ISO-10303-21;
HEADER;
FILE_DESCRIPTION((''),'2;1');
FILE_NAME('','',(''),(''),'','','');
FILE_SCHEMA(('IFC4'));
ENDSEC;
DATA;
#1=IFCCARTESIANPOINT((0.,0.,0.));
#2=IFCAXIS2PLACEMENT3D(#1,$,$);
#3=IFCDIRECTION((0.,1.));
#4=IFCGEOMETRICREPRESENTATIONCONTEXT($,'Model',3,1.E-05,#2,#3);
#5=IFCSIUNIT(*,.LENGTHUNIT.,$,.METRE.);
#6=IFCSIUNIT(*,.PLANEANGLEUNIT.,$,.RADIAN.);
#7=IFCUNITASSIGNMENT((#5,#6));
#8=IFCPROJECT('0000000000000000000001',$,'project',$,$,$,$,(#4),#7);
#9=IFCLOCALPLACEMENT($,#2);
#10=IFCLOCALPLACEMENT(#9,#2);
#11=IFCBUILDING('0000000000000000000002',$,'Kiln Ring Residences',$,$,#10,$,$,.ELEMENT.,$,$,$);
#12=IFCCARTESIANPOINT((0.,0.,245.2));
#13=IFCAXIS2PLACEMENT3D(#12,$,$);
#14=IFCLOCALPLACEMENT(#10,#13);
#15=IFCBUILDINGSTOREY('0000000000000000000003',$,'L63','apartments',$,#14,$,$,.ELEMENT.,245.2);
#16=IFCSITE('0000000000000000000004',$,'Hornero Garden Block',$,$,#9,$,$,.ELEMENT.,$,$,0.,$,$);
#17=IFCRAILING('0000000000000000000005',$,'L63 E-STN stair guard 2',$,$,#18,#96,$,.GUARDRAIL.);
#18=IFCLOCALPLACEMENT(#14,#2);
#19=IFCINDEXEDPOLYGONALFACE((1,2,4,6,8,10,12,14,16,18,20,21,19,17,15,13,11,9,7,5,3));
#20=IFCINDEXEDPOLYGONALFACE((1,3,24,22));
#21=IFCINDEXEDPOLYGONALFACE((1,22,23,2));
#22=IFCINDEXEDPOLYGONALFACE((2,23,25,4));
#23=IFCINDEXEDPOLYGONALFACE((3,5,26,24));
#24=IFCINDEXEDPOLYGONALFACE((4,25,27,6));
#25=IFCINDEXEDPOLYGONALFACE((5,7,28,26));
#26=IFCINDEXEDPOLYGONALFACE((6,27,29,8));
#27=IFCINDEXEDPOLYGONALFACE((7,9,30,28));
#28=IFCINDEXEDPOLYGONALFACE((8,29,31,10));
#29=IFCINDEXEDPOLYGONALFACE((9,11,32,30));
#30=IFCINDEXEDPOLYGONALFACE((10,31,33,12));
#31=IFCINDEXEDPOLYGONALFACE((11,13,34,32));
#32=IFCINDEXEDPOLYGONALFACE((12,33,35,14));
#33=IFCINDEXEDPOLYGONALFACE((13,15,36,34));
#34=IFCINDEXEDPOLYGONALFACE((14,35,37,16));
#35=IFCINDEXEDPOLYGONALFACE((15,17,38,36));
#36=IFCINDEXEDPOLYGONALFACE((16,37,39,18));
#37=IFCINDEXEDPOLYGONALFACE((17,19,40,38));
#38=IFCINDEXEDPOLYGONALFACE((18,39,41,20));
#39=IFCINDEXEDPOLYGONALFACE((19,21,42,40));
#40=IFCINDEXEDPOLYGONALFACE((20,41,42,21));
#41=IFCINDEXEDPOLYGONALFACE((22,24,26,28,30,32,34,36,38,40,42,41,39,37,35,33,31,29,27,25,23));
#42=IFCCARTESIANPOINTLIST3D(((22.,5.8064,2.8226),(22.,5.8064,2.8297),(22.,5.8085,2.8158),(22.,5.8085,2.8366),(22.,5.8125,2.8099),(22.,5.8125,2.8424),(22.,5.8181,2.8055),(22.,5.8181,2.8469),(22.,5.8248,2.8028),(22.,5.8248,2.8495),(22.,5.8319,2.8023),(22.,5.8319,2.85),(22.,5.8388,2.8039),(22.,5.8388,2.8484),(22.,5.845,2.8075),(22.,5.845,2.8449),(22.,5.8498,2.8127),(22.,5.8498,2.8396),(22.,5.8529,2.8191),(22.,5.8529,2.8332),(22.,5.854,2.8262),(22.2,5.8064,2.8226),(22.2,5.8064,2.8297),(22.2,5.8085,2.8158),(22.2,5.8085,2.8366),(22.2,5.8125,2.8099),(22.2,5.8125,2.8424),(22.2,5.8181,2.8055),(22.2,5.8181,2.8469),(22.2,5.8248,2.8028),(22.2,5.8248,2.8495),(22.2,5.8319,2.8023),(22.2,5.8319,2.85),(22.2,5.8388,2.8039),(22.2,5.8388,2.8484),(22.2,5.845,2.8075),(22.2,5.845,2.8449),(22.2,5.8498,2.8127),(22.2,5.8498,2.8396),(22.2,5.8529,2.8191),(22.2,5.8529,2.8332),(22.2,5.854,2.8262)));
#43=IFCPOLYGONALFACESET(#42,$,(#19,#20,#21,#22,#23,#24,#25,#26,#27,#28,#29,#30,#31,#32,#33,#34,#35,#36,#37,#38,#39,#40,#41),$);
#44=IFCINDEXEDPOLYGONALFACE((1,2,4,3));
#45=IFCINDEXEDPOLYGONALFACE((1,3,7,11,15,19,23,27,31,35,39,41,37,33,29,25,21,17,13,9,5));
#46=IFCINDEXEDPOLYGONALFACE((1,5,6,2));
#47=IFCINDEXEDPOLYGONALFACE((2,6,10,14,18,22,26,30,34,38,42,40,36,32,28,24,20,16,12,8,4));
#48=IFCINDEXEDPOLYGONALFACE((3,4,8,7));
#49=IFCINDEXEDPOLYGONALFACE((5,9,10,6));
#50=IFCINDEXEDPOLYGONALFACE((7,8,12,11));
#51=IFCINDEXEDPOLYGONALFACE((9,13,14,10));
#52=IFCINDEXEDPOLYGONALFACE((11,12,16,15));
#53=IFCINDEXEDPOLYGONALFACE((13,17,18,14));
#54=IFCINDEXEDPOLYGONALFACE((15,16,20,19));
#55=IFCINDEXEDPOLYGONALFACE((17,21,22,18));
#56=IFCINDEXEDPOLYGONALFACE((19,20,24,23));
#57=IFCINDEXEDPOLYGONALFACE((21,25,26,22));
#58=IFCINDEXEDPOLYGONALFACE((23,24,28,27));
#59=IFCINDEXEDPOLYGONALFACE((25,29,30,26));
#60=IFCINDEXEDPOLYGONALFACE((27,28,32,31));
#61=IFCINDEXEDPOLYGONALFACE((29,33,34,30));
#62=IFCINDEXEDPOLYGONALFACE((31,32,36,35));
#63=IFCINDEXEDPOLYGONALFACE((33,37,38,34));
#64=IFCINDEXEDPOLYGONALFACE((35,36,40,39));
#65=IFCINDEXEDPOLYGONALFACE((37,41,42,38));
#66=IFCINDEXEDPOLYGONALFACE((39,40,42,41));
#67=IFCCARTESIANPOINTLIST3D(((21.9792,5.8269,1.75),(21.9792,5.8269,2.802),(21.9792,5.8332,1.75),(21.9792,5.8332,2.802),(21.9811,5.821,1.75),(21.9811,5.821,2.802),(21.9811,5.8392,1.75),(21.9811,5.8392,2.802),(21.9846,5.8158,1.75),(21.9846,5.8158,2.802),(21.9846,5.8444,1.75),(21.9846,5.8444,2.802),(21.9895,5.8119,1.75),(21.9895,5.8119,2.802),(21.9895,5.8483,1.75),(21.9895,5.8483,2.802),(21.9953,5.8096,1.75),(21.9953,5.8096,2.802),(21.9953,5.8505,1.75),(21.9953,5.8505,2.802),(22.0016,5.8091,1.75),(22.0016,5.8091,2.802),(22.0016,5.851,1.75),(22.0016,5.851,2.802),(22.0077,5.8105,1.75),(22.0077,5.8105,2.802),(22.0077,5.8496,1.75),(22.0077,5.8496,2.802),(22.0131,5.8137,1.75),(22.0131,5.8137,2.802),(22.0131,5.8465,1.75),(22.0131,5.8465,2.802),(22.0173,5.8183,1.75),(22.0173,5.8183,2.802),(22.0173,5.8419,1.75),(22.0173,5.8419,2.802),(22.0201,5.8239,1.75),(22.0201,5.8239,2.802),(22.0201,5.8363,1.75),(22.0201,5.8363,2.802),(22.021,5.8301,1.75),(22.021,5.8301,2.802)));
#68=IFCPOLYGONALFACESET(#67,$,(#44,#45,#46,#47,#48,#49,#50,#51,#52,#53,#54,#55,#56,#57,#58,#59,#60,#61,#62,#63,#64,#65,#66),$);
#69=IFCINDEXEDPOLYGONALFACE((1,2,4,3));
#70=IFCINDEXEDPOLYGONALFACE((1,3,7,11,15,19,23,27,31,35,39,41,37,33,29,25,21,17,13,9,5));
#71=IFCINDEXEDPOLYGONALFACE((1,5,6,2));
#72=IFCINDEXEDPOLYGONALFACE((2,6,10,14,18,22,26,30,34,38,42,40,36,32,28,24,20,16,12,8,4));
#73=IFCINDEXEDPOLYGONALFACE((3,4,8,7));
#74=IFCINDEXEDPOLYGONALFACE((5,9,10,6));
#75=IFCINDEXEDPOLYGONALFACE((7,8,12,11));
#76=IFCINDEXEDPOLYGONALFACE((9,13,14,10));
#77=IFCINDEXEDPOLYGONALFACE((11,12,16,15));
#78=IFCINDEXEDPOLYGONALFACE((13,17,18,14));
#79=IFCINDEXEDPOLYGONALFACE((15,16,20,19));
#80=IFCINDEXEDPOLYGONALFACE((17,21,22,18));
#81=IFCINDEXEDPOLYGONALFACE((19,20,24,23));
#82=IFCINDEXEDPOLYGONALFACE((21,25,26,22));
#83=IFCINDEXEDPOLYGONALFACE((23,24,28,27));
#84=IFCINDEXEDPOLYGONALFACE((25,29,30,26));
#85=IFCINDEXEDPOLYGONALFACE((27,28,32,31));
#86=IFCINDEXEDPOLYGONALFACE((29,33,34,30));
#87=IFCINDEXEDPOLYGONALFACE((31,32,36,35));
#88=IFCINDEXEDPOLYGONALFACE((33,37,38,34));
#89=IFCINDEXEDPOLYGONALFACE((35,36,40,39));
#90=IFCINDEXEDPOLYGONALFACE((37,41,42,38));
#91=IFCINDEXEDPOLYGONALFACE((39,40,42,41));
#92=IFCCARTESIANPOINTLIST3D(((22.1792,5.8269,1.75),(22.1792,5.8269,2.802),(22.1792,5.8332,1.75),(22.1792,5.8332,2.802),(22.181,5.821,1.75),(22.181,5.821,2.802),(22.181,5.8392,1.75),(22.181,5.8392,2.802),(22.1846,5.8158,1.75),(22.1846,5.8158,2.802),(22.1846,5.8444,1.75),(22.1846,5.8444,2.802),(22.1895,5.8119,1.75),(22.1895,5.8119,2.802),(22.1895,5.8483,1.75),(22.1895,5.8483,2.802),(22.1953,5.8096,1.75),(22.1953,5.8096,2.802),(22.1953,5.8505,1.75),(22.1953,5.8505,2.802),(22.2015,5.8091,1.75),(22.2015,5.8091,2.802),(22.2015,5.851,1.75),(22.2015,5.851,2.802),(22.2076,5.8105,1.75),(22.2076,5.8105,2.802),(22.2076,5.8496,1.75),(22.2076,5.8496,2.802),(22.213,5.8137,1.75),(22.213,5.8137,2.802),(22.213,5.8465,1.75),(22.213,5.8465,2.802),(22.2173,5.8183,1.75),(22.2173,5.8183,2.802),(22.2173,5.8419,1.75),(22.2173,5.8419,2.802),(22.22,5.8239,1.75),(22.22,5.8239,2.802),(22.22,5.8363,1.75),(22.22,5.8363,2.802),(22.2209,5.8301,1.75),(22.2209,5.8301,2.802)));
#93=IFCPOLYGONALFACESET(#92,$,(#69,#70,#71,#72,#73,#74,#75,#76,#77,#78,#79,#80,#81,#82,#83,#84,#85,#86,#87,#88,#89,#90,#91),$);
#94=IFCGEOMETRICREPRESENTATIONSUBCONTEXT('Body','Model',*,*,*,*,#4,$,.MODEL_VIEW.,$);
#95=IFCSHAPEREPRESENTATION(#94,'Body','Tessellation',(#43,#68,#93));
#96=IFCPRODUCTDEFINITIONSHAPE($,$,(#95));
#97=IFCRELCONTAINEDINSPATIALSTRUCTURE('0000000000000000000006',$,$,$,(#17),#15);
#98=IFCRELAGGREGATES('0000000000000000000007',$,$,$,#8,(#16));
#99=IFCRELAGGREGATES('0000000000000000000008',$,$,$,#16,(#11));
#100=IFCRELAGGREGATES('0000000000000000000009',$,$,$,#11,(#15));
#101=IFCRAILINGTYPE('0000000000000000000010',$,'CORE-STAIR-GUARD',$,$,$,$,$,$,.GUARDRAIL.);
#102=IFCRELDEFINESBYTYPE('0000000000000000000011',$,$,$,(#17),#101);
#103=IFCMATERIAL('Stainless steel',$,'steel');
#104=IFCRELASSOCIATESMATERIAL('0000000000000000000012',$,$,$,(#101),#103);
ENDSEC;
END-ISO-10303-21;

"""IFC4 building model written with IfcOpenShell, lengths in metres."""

from ifc_helpers import new_model, si_unit, direction, frame, origin, origin_2d, place, context, subcontext, project, spatial, circle, extrude, material, type_object, element, save


model = new_model("IFC4")

# Units and contexts
model_context = context("Model", 3, precision=1e-05, world=origin(), true_north=direction((0.0, 1.0)))
body_context = subcontext(model_context, "Body", "Model", "MODEL_VIEW")
ifc_project = project(units=[si_unit("LENGTHUNIT", "METRE"), si_unit("PLANEANGLEUNIT", "RADIAN")], contexts=[model_context])

# Site, building, storey
site_placement = place(None, origin())
site = spatial("IfcSite", under=ifc_project, at=site_placement, Name="Hornero Garden Block", CompositionType="ELEMENT", RefElevation=0.0)
building_placement = place(site_placement, origin())
building = spatial("IfcBuilding", under=site, at=building_placement, Name="Kiln Ring Residences", CompositionType="ELEMENT")
storey_placement = place(building_placement, frame((0.0, 0.0, 245.2)))
storey = spatial("IfcBuildingStorey", under=building, at=storey_placement, Name="L63", Description="apartments", CompositionType="ELEMENT", Elevation=245.2)

# Railing
ifc_material_1 = material(Name="Stainless steel", Category="steel")
railing_type_1 = type_object("IfcRailingType", Name="CORE-STAIR-GUARD", PredefinedType="GUARDRAIL", material=ifc_material_1)
railing_1_placement = place(storey_placement, frame((22.0, 5.8301, 1.75)))
element("IfcRailing", 1, at=railing_1_placement, inside=storey, type_object=railing_type_1, Name="L63 E-STN stair guard 2", PredefinedType="GUARDRAIL", context=body_context, shape_type="SweptSolid", body=[
    extrude(circle(Radius=0.0239, at=origin_2d()), frame((0.0, 0.0, 1.0762), z_axis=(1.0, 0.0, 0.0), x_axis=(0.0, 1.0, 0.0)), (0.0, 0.0, 1.0), 0.2),
    extrude(circle(Radius=0.021, at=origin_2d()), origin(), (0.0, 0.0, 1.0), 1.052),
    extrude(circle(Radius=0.021, at=origin_2d()), frame((0.2, 0.0, 0.0)), (0.0, 0.0, 1.0), 1.052),
])

save(model, "model.ifc")
